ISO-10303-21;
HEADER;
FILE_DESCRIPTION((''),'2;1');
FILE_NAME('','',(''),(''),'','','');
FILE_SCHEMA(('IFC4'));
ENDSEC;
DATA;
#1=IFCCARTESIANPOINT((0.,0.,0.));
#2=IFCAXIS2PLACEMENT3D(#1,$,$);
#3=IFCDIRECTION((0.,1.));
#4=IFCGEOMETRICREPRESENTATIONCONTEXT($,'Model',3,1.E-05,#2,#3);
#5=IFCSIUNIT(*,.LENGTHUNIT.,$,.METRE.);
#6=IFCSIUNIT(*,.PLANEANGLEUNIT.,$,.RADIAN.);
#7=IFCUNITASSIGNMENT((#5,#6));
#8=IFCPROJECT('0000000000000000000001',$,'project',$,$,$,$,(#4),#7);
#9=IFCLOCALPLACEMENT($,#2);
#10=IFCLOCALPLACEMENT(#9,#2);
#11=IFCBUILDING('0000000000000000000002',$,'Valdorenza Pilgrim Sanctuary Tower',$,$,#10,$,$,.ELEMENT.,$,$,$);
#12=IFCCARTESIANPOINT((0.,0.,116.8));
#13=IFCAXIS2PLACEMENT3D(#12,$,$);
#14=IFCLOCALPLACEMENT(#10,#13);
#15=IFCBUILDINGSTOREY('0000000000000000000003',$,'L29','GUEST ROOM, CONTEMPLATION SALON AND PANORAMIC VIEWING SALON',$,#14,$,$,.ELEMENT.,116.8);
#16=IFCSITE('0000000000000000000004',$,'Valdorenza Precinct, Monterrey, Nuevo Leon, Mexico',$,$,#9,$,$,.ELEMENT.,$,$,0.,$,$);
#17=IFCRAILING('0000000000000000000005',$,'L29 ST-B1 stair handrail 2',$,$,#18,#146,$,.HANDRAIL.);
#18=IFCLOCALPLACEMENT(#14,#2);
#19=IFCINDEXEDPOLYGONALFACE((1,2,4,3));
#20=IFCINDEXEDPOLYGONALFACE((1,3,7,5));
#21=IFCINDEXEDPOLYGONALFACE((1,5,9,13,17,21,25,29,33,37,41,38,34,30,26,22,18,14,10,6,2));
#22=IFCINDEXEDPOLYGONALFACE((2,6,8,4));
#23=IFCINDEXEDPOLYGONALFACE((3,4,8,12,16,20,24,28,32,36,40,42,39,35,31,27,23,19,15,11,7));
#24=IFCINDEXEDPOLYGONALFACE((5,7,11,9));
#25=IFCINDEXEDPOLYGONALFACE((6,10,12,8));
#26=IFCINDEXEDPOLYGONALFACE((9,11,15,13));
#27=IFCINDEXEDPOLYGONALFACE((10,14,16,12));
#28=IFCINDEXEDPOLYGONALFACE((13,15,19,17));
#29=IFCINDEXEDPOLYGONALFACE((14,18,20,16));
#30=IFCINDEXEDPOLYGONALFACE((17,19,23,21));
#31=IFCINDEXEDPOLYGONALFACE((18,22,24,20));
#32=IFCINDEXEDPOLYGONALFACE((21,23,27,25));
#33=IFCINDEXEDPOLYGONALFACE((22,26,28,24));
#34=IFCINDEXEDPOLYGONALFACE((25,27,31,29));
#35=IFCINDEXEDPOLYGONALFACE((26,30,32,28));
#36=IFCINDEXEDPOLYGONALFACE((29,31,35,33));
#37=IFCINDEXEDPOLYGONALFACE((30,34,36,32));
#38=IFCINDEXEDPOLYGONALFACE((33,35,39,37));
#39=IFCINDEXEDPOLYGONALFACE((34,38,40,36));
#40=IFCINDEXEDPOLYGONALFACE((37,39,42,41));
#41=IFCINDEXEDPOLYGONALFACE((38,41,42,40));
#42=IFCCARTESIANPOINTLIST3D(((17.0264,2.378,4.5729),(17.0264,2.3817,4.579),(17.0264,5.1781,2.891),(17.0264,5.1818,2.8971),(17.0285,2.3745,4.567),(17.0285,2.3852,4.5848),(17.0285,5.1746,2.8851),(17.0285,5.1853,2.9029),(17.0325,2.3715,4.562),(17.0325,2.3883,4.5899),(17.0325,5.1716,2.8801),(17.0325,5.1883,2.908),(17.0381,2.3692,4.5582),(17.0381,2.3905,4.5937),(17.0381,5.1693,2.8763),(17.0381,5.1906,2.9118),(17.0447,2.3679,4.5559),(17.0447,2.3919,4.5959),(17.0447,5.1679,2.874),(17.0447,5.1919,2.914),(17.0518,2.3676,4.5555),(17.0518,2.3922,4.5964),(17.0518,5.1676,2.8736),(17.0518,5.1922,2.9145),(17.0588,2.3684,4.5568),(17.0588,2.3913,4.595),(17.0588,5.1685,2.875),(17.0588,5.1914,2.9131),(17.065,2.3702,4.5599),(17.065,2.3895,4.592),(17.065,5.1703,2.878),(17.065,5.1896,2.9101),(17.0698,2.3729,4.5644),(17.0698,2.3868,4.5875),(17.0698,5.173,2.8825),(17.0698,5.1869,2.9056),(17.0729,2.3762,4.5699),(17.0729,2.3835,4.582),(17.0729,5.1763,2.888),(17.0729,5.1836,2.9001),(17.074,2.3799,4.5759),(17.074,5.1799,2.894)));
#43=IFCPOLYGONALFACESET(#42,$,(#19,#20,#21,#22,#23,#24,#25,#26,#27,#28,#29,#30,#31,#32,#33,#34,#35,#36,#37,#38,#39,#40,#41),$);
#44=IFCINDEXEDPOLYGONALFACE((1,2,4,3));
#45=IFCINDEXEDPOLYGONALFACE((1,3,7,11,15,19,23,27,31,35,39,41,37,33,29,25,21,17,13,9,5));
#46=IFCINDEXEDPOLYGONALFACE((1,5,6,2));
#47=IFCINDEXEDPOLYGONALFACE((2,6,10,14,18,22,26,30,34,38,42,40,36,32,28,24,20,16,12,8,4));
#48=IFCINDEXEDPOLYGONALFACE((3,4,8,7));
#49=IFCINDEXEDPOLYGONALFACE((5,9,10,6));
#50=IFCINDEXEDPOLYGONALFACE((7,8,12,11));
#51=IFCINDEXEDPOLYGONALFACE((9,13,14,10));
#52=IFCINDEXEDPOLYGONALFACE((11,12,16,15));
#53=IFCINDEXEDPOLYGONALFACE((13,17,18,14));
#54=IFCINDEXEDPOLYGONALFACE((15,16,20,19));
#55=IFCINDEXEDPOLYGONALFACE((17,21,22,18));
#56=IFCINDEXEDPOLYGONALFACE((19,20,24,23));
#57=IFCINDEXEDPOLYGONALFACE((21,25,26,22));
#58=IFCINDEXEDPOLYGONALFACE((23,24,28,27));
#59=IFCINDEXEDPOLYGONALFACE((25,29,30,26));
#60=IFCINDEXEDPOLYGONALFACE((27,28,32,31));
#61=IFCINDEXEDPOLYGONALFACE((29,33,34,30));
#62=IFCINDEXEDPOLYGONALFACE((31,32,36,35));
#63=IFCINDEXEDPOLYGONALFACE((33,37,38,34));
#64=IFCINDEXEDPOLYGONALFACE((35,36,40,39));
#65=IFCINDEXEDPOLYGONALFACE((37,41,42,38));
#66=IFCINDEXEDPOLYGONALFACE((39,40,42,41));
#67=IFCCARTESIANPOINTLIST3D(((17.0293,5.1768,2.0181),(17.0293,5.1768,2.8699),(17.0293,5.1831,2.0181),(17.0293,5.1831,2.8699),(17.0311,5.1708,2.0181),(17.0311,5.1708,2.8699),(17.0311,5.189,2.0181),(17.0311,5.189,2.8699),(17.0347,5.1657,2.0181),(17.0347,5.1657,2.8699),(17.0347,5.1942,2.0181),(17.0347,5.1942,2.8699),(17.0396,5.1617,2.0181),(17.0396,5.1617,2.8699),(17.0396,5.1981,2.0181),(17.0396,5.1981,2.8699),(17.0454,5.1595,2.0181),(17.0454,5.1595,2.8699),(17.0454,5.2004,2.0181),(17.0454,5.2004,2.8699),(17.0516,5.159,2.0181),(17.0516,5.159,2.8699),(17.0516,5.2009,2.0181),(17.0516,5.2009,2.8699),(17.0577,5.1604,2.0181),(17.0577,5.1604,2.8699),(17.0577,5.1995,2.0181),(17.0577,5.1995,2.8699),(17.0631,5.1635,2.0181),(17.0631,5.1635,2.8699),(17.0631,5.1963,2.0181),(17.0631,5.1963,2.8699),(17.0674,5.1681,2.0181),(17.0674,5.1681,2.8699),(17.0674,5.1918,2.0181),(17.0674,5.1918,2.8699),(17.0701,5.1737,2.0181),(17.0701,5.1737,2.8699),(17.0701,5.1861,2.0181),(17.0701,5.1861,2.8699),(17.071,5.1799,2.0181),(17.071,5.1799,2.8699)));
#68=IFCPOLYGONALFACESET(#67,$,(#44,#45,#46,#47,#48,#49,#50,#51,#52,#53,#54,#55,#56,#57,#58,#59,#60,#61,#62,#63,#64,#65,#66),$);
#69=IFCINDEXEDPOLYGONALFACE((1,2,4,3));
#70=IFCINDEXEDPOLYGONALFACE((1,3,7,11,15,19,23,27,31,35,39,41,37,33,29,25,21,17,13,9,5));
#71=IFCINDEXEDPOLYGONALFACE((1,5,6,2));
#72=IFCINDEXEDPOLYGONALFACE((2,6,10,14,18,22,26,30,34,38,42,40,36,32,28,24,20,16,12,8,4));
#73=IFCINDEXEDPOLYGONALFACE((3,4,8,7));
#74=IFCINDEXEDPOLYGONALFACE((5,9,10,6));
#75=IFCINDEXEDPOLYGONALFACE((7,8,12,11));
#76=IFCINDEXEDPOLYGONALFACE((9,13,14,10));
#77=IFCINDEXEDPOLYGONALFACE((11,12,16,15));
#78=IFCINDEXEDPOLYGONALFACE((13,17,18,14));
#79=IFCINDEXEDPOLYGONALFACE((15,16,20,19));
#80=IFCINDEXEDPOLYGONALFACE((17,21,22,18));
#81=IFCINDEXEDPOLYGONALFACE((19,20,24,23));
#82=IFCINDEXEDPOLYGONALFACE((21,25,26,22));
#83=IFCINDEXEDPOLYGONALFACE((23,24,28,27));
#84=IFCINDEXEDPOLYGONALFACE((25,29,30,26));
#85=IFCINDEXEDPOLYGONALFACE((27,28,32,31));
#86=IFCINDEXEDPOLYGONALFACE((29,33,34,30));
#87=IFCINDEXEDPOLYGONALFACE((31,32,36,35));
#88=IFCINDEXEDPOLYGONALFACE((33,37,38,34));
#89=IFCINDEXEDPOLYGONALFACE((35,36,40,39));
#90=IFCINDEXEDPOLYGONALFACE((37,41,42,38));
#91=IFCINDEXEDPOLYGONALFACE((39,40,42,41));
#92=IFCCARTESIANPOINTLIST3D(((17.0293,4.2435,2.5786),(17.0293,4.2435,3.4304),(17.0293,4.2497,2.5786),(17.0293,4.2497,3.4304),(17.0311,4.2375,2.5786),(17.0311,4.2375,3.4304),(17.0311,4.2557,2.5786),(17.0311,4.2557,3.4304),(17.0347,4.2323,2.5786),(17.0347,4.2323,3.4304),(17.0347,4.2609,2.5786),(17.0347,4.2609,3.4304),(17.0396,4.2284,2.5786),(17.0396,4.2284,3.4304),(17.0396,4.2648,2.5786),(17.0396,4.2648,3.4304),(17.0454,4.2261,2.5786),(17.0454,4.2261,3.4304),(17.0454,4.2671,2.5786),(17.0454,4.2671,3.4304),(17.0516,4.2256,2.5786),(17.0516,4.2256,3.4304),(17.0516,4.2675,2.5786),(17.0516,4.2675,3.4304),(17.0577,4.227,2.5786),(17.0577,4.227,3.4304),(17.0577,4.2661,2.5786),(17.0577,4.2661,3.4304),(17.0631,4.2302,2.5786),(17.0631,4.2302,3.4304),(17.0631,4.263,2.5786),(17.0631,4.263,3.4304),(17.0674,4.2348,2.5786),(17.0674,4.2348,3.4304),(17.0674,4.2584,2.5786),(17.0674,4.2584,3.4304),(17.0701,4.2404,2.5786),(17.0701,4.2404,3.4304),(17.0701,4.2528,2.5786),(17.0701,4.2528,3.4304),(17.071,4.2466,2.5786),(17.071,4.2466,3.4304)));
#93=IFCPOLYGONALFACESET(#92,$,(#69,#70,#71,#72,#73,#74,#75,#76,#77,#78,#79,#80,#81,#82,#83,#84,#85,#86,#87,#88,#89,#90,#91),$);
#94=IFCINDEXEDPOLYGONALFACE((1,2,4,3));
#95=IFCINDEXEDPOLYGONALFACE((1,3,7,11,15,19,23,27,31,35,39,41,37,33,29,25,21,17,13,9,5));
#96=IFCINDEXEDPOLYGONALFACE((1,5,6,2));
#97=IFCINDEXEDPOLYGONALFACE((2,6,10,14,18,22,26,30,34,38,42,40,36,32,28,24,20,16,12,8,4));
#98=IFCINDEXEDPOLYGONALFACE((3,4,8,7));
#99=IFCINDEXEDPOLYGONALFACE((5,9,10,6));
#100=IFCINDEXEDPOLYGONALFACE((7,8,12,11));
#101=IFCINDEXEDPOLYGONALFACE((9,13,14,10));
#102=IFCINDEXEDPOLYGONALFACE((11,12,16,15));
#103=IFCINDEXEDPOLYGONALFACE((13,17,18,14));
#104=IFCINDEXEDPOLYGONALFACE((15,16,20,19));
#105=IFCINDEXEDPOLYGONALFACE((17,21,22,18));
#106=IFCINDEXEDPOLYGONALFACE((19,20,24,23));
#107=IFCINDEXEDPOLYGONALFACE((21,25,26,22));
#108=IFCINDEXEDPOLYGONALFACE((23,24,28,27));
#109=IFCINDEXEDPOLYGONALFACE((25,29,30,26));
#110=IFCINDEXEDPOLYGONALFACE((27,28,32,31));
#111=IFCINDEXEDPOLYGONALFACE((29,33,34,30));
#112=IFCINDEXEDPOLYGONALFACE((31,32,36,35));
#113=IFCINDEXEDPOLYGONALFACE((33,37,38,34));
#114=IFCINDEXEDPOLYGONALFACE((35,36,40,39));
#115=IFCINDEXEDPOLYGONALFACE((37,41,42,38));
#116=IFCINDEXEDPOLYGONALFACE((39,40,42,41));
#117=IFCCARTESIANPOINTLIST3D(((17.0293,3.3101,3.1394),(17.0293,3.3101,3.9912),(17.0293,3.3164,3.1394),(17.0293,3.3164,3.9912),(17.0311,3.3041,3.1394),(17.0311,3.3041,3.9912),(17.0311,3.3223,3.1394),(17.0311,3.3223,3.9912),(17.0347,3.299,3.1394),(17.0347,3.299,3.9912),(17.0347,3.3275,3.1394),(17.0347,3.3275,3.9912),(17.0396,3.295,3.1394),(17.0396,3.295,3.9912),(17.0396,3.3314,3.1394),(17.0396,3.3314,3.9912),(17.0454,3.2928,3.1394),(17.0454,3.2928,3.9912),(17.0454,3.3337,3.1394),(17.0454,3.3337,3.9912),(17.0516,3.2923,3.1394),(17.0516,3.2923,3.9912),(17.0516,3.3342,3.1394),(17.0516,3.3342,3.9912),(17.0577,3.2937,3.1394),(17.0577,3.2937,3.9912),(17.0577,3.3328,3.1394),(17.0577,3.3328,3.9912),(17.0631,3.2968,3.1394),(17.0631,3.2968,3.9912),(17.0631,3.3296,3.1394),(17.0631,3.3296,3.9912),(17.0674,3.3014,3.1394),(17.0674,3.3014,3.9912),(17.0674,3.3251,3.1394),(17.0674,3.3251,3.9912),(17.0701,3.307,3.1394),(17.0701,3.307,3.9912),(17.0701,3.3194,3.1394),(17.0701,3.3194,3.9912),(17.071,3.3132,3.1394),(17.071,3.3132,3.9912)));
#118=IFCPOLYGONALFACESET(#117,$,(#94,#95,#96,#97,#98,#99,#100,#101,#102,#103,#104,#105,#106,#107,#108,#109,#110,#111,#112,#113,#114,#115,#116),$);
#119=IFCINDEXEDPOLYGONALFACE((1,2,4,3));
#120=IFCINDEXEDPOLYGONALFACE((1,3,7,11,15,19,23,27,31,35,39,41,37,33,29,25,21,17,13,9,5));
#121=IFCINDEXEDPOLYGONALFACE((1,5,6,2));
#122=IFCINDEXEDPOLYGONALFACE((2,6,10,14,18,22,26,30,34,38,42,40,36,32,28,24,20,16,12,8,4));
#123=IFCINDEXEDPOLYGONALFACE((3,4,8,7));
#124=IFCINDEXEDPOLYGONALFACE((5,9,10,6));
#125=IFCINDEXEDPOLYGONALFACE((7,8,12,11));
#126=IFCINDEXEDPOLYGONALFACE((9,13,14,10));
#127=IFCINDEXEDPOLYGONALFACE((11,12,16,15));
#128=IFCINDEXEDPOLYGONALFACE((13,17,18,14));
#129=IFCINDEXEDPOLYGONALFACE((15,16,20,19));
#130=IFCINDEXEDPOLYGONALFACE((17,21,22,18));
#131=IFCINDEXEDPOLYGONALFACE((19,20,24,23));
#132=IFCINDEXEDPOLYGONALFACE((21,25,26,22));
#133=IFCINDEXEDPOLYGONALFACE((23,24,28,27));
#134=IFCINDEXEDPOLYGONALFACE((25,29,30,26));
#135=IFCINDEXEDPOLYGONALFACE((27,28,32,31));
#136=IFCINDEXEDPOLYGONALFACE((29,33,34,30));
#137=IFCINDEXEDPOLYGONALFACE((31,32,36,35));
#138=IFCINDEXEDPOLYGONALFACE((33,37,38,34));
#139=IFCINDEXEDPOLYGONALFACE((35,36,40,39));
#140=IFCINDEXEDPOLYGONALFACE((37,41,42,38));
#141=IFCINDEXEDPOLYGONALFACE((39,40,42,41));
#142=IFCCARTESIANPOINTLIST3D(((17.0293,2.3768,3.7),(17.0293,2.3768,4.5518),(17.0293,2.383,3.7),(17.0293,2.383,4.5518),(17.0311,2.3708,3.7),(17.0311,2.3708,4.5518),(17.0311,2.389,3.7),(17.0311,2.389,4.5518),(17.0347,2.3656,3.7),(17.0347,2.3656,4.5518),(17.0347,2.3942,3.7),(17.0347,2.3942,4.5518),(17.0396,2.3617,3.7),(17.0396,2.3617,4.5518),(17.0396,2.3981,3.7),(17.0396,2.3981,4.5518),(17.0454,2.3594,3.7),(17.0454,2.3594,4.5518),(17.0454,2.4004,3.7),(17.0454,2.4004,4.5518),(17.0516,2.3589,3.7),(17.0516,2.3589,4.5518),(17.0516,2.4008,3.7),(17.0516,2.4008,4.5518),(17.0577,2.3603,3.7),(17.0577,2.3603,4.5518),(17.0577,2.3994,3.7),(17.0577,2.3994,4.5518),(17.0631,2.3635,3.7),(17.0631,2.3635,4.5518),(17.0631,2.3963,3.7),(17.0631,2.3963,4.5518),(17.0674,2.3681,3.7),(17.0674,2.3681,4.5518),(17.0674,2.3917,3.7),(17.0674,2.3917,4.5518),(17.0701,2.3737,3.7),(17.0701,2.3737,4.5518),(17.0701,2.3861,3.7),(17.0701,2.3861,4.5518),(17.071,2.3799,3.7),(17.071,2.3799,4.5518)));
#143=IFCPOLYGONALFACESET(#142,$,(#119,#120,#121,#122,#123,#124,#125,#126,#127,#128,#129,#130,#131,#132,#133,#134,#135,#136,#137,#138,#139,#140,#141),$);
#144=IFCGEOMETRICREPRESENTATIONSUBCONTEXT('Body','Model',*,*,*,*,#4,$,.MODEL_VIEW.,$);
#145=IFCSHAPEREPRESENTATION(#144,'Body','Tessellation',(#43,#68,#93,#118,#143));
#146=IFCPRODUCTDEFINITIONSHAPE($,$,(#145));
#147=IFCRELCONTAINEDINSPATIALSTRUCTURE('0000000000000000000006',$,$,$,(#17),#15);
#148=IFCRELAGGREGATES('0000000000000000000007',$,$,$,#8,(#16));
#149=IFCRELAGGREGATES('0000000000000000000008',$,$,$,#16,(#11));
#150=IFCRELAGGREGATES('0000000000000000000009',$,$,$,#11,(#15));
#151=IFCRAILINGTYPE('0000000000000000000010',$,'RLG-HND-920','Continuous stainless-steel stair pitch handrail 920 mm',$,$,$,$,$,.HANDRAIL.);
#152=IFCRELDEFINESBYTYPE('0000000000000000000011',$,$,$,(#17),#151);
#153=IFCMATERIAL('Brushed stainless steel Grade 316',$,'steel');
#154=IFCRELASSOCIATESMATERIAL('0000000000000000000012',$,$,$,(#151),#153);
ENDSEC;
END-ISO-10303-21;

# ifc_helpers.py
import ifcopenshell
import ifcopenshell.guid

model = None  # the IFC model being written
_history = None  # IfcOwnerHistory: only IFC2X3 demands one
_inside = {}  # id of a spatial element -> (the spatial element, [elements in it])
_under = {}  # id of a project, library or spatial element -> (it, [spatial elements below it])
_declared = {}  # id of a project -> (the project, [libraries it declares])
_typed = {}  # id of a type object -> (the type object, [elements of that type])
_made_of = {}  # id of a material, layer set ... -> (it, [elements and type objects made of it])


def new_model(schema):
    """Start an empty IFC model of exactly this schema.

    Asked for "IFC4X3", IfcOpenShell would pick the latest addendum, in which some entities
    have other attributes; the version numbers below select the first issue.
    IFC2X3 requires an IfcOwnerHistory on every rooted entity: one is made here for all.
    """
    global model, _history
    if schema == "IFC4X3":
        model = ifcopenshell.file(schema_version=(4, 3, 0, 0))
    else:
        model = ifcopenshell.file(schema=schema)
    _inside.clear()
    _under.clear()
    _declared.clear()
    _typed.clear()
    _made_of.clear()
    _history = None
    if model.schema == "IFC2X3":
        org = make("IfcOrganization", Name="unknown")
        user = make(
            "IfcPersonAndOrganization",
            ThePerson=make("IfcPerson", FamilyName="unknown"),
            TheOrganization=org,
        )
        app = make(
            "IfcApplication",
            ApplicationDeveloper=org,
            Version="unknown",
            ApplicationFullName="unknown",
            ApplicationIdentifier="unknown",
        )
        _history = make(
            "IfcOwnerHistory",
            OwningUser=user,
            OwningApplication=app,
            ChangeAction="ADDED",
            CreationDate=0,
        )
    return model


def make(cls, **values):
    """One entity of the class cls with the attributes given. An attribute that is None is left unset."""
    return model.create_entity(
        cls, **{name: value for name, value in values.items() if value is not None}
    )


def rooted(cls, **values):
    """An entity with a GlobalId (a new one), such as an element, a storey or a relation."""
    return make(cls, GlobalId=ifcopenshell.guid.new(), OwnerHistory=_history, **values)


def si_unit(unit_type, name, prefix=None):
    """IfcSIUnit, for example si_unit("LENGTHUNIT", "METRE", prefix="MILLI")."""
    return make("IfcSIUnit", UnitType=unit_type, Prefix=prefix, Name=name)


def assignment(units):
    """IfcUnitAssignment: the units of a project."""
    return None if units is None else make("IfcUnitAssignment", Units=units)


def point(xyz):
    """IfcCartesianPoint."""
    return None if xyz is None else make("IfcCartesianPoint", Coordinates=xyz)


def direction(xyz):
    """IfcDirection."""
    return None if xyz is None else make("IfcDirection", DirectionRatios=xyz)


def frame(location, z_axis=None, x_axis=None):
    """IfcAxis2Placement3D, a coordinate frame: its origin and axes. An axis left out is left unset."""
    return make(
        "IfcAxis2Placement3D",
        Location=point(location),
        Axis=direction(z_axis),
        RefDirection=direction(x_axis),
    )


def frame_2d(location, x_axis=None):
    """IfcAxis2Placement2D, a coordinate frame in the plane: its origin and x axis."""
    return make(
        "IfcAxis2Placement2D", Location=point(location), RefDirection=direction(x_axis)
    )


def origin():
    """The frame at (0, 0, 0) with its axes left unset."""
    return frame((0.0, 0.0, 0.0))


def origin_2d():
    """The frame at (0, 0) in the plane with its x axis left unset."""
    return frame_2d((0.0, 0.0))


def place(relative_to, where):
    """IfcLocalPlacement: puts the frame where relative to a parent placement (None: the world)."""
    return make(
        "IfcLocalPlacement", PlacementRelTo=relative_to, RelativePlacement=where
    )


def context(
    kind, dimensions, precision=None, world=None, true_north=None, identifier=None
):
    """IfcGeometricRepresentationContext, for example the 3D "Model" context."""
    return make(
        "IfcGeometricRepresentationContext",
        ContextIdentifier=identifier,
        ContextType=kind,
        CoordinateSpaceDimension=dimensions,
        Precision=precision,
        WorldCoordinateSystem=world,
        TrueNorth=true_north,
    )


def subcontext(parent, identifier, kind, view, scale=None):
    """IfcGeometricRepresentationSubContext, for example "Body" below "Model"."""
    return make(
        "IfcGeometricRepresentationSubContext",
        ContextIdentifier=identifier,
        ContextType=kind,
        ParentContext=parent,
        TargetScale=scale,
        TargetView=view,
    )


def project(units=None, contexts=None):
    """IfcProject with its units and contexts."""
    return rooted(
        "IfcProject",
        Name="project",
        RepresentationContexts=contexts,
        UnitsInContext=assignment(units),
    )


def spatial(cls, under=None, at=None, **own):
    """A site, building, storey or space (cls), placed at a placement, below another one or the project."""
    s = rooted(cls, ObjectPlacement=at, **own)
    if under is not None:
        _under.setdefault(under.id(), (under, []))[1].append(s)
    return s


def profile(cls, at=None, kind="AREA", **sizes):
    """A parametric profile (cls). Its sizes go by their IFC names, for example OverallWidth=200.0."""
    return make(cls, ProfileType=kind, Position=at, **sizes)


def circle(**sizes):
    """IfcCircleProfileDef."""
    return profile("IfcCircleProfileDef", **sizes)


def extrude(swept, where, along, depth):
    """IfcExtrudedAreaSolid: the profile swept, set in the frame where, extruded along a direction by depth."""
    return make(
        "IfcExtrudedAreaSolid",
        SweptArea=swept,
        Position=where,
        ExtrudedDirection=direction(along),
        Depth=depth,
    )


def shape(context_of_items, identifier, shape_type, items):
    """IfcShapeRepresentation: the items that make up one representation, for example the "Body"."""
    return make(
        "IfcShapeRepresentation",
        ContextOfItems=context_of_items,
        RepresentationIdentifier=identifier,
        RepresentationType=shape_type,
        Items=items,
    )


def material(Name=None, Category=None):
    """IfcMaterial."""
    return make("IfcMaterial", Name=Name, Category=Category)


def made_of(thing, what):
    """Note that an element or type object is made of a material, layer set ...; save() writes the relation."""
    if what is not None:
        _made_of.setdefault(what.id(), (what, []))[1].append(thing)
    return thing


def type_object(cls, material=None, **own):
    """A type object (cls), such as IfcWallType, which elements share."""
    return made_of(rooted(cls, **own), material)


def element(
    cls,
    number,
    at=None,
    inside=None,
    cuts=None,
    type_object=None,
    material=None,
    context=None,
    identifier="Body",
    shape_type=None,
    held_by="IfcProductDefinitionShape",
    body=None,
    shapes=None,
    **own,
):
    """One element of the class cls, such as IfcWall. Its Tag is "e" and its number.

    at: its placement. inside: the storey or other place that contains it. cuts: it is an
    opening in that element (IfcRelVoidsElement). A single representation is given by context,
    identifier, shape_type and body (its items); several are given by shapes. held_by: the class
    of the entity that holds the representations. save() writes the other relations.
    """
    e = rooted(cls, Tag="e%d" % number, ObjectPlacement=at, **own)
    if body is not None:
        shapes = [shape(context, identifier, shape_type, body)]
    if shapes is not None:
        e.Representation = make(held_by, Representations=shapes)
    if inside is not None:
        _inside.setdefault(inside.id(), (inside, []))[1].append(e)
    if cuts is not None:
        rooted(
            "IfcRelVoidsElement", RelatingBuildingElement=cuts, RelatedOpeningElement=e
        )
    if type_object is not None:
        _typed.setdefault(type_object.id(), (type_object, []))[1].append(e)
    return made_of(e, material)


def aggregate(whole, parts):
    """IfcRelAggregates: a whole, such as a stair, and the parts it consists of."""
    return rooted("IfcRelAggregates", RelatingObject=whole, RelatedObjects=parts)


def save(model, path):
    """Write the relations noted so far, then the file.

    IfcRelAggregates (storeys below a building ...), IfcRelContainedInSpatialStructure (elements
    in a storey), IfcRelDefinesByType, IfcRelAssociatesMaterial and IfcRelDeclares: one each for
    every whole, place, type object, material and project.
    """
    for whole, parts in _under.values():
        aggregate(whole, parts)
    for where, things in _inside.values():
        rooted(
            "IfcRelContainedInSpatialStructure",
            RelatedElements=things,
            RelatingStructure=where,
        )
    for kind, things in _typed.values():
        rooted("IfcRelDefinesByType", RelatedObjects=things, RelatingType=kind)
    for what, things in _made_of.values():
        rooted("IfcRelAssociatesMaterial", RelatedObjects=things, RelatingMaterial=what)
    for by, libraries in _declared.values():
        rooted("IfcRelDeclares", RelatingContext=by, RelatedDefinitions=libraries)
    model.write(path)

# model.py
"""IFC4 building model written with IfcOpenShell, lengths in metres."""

from ifc_helpers import new_model, si_unit, direction, frame, origin, origin_2d, place, context, subcontext, project, spatial, circle, extrude, material, type_object, element, save


model = new_model("IFC4")

# Units and contexts
model_context = context("Model", 3, precision=1e-05, world=origin(), true_north=direction((0.0, 1.0)))
body_context = subcontext(model_context, "Body", "Model", "MODEL_VIEW")
ifc_project = project(units=[si_unit("LENGTHUNIT", "METRE"), si_unit("PLANEANGLEUNIT", "RADIAN")], contexts=[model_context])

# Site, building, storey
site_placement = place(None, origin())
site = spatial("IfcSite", under=ifc_project, at=site_placement, Name="Valdorenza Precinct, Monterrey, Nuevo Leon, Mexico", CompositionType="ELEMENT", RefElevation=0.0)
building_placement = place(site_placement, origin())
building = spatial("IfcBuilding", under=site, at=building_placement, Name="Valdorenza Pilgrim Sanctuary Tower", CompositionType="ELEMENT")
storey_placement = place(building_placement, frame((0.0, 0.0, 116.8)))
storey = spatial("IfcBuildingStorey", under=building, at=storey_placement, Name="L29", Description="GUEST ROOM, CONTEMPLATION SALON AND PANORAMIC VIEWING SALON", CompositionType="ELEMENT", Elevation=116.8)

# Shared definitions
ifc_material_1 = material(Name="Brushed stainless steel Grade 316", Category="steel")

# Railing
railing_type_1 = type_object("IfcRailingType", Name="RLG-HND-920", Description="Continuous stainless-steel stair pitch handrail 920 mm", PredefinedType="HANDRAIL", material=ifc_material_1)
railing_1_placement = place(storey_placement, frame((17.05, 5.1799, 2.0181)))
element("IfcRailing", 1, at=railing_1_placement, inside=storey, type_object=railing_type_1, Name="L29 ST-B1 stair handrail 2", PredefinedType="HANDRAIL", context=body_context, shape_type="SweptSolid", body=[
    extrude(circle(Radius=0.0239, at=origin_2d()), frame((0.0, 0.0, 0.876), z_axis=(0.0, -0.857242, 0.514913), x_axis=(1.0, 0.0, 0.0)), (0.0, 0.0, 1.0), 3.2664),
    extrude(circle(Radius=0.021, at=origin_2d()), origin(), (0.0, 0.0, 1.0), 0.8518),
    extrude(circle(Radius=0.021, at=origin_2d()), frame((0.0, -0.9333, 0.5605)), (0.0, 0.0, 1.0), 0.8518),
    extrude(circle(Radius=0.021, at=origin_2d()), frame((0.0, -1.8667, 1.1213)), (0.0, 0.0, 1.0), 0.8518),
    extrude(circle(Radius=0.021, at=origin_2d()), frame((0.0, -2.8, 1.6819)), (0.0, 0.0, 1.0), 0.8518),
])

save(model, "model.ifc")
